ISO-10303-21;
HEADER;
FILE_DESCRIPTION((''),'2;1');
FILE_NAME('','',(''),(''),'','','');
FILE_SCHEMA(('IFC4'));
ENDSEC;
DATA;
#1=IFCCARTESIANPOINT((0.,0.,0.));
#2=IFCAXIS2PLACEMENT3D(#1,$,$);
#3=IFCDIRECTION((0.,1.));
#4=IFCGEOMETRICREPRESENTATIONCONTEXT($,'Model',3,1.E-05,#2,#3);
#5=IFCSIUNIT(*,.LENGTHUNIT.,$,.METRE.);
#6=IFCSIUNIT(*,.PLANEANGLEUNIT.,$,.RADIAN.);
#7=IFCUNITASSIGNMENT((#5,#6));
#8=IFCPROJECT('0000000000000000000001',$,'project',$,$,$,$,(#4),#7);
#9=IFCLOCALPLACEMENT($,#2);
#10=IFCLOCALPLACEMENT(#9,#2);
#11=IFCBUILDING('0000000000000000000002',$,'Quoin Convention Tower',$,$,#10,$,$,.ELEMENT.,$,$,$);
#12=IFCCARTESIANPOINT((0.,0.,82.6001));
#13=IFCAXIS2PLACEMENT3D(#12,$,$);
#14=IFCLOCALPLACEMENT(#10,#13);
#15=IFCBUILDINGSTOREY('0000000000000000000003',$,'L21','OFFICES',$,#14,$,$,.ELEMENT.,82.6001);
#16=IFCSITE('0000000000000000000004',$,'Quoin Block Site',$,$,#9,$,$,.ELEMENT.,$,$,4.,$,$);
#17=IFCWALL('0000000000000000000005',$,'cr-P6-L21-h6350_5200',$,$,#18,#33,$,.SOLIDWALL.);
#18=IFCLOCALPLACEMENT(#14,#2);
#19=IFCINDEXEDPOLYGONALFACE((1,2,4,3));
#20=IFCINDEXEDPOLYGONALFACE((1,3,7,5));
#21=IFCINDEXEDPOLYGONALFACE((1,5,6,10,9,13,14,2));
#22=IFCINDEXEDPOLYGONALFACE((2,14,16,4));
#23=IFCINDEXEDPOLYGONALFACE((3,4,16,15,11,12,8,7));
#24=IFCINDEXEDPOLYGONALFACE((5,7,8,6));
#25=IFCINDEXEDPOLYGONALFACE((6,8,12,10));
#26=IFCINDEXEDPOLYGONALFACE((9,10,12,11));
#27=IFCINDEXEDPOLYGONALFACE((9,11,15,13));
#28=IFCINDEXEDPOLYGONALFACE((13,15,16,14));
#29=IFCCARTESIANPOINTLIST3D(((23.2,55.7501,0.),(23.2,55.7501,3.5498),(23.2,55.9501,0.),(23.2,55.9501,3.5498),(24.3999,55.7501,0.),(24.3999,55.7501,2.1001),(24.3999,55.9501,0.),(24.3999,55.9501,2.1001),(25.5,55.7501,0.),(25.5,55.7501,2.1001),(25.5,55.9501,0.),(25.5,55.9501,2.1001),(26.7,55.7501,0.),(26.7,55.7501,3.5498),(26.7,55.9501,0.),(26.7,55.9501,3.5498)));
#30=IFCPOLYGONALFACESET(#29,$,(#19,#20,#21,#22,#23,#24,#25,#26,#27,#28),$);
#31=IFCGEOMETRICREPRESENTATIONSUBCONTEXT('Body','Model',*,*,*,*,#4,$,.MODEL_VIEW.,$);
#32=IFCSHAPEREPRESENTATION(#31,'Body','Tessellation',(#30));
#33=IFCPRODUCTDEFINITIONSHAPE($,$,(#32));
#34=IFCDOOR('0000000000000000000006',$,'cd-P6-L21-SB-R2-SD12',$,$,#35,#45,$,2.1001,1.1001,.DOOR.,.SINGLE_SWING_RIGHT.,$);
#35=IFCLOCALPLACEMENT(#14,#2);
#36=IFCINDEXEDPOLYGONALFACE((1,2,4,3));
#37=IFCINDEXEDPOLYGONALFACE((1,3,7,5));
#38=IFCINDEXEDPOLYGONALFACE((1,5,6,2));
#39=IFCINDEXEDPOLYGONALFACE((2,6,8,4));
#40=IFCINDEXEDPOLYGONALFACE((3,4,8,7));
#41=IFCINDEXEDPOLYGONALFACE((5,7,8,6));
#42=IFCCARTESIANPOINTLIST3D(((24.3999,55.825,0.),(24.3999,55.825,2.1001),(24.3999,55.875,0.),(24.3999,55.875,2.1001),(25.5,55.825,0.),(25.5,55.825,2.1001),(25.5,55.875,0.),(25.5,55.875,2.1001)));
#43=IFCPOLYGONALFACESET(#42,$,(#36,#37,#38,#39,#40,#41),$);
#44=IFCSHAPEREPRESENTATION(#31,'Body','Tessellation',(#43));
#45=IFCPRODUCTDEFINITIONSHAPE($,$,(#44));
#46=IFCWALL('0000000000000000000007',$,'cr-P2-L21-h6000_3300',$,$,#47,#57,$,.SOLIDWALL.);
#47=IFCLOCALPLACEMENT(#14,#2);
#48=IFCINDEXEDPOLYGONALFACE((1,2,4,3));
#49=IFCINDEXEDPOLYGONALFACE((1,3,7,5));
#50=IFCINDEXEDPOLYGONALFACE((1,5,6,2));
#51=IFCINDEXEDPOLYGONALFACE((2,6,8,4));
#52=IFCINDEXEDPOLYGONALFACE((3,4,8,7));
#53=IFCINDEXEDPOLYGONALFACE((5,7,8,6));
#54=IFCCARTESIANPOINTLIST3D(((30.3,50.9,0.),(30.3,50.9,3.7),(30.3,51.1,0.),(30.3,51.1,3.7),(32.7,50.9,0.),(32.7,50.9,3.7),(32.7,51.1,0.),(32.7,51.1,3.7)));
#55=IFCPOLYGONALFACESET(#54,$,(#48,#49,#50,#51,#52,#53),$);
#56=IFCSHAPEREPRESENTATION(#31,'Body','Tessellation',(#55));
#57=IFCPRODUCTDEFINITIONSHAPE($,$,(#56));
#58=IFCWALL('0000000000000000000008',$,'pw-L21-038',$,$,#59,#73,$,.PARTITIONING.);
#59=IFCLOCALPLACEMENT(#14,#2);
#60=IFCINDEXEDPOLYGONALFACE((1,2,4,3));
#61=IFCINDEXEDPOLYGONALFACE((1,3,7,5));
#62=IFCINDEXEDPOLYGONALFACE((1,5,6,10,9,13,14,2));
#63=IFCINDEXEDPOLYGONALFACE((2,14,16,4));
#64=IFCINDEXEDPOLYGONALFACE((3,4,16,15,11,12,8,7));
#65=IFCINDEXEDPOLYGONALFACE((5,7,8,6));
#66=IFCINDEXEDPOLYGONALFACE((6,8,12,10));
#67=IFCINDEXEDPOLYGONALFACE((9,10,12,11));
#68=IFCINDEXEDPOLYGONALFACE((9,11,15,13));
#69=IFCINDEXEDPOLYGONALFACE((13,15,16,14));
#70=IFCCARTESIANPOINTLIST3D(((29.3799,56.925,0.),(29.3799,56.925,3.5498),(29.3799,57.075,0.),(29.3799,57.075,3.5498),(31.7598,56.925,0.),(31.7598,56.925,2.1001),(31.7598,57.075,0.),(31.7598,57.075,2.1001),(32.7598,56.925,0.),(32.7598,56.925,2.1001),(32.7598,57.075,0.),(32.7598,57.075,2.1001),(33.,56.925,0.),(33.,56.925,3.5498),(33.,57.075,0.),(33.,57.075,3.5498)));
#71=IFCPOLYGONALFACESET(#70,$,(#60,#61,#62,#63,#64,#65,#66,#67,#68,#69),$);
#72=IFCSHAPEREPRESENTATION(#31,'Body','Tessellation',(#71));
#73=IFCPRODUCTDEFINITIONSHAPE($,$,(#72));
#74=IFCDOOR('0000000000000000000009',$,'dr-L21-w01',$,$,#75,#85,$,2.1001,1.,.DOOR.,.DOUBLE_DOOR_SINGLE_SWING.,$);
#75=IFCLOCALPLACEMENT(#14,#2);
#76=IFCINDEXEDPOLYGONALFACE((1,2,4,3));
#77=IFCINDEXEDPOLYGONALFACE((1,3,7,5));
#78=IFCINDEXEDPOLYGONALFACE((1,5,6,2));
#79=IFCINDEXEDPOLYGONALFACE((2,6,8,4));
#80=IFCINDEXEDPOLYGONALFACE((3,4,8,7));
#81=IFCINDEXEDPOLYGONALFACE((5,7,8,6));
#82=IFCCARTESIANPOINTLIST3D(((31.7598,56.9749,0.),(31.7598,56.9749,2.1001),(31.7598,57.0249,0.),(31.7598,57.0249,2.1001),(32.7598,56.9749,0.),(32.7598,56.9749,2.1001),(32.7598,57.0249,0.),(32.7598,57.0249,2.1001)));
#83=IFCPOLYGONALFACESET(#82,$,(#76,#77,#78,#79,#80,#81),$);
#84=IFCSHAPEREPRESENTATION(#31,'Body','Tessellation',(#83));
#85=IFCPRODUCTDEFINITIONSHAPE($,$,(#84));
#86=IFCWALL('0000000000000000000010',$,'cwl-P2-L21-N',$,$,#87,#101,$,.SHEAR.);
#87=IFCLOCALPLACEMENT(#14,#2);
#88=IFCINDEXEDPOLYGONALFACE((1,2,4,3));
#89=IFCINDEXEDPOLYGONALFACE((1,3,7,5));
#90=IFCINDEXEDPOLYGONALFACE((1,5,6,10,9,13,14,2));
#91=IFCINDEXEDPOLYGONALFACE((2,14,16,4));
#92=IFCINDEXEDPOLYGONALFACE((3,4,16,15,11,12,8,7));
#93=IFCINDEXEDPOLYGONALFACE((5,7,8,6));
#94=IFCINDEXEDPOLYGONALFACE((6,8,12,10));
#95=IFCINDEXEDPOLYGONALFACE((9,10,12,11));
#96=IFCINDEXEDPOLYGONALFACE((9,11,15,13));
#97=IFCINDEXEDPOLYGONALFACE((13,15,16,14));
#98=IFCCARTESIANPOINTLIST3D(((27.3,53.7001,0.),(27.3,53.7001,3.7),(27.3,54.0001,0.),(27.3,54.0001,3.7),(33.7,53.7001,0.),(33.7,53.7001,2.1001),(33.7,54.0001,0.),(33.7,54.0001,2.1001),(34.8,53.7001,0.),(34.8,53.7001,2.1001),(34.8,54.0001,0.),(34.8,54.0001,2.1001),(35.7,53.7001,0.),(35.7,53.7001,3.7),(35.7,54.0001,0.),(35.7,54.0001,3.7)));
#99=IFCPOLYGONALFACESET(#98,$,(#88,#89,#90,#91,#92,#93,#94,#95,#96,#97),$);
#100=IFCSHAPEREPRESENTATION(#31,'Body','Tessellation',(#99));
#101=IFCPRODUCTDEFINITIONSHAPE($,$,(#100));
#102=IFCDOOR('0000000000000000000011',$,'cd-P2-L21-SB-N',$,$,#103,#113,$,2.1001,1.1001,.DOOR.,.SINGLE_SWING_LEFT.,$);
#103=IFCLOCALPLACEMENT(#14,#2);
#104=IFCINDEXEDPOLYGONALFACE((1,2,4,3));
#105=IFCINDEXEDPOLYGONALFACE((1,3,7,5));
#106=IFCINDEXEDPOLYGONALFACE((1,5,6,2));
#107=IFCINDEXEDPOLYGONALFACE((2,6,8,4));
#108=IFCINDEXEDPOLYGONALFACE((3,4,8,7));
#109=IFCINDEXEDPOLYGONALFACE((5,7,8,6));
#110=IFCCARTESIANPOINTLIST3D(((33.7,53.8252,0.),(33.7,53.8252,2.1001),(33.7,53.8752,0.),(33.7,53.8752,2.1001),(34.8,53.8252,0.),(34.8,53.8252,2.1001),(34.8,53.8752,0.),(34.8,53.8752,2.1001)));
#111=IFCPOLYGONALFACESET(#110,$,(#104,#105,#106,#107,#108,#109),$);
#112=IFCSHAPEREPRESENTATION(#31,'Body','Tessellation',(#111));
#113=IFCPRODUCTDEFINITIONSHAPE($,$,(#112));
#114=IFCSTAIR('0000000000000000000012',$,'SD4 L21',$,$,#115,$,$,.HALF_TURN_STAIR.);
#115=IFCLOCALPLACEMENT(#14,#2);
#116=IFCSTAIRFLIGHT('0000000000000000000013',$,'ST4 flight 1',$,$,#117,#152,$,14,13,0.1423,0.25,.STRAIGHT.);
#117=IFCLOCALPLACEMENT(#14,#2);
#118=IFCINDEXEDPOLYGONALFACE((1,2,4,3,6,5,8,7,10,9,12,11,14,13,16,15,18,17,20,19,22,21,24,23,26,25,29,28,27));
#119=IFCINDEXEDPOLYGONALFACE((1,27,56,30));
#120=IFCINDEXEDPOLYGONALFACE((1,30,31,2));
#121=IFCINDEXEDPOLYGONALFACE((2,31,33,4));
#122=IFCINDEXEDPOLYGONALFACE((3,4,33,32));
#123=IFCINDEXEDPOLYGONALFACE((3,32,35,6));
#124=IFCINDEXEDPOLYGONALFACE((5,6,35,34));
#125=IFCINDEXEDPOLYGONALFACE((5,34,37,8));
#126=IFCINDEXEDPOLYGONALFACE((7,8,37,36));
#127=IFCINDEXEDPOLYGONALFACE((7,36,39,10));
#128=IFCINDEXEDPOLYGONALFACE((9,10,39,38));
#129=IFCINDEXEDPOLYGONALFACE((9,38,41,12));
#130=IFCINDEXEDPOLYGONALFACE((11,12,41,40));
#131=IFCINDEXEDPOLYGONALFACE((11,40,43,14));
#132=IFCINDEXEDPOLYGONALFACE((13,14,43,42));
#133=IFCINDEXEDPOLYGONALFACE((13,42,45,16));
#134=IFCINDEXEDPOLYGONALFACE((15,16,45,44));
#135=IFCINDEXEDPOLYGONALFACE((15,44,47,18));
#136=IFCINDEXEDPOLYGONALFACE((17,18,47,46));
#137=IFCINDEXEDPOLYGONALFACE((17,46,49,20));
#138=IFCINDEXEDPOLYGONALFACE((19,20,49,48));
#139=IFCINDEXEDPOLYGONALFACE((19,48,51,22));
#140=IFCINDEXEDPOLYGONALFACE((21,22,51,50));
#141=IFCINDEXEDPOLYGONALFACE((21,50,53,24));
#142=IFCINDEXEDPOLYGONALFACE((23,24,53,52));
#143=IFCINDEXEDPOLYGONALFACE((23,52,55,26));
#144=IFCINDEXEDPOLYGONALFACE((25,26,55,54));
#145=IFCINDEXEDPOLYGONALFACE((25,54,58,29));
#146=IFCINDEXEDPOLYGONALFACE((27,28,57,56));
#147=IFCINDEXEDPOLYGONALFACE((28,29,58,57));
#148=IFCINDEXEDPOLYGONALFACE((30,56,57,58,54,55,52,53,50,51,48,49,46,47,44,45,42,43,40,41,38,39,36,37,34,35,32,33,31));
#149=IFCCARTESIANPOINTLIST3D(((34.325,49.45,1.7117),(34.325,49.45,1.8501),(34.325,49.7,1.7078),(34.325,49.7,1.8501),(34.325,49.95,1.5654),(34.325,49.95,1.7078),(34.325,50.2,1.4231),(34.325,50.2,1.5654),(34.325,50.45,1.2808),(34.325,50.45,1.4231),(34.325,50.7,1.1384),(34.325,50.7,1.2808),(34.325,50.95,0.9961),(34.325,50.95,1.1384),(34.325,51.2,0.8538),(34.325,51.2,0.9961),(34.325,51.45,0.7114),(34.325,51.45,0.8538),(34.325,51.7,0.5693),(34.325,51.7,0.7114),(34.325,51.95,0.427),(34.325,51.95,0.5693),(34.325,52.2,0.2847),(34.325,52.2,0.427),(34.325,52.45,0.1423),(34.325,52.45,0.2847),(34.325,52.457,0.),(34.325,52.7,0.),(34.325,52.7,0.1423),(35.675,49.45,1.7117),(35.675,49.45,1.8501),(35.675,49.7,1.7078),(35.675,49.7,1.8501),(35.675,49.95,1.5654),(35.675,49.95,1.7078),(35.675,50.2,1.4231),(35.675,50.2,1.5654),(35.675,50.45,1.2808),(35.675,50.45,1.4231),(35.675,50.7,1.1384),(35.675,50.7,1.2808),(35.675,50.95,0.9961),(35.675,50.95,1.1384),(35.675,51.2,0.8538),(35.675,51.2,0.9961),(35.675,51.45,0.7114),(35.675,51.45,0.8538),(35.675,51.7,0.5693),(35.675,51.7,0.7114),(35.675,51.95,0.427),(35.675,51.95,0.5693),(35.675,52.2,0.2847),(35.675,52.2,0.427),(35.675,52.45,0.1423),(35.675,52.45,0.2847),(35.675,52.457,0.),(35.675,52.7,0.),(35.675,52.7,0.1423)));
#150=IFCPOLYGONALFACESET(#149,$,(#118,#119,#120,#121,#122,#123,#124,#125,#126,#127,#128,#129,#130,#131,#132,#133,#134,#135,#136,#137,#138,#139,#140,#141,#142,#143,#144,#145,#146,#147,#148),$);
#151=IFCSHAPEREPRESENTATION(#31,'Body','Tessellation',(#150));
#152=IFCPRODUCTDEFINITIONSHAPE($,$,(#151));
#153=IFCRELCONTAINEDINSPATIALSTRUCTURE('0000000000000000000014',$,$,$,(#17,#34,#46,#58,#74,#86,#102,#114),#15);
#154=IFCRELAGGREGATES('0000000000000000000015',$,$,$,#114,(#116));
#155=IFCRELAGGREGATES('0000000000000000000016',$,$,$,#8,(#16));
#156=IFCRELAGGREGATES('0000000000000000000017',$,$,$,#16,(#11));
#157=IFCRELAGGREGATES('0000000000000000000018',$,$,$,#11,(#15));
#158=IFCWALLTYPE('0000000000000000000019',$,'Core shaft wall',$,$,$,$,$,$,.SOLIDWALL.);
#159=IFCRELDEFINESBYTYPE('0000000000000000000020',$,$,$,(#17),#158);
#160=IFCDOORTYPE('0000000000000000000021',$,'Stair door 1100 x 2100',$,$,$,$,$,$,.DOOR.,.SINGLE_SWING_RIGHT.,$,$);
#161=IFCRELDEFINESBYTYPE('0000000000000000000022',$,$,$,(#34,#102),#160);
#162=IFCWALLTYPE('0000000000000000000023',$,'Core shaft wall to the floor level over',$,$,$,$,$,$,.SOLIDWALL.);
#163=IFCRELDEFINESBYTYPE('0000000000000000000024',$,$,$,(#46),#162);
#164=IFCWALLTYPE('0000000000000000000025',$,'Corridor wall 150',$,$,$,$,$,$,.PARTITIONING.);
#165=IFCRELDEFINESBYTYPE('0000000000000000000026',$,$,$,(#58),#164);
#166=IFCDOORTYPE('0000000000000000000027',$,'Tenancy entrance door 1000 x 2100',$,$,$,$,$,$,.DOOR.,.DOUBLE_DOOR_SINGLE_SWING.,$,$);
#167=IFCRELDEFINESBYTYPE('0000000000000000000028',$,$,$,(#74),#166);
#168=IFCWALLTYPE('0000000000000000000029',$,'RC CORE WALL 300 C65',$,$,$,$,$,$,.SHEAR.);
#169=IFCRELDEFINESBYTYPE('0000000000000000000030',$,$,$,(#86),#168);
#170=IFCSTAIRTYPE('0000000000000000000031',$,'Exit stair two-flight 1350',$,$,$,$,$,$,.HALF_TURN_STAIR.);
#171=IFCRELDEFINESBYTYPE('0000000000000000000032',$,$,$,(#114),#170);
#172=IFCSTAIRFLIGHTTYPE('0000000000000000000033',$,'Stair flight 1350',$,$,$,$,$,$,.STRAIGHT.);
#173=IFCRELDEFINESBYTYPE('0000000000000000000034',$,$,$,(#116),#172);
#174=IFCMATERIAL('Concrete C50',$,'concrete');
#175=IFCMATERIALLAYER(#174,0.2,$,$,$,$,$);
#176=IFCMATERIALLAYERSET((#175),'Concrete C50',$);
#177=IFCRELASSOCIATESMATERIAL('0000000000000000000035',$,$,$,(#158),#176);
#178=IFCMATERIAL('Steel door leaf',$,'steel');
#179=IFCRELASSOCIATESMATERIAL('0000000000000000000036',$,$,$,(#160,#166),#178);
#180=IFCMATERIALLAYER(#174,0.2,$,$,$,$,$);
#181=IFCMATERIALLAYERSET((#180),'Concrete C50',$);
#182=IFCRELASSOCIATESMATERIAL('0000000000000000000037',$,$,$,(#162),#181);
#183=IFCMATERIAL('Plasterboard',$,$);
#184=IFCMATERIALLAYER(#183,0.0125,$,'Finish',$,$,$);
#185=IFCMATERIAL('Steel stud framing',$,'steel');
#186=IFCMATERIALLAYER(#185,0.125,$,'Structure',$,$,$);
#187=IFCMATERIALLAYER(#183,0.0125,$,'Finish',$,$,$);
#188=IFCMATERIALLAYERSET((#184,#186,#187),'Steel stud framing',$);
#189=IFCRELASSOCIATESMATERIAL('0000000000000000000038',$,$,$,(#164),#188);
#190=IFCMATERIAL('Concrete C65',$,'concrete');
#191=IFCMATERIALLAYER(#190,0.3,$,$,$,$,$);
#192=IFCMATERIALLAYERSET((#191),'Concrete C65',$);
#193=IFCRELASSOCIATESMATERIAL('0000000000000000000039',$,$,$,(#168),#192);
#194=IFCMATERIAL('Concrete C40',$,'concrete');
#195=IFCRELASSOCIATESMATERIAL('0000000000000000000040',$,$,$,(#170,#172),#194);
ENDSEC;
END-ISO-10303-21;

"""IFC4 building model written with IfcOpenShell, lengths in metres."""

from ifc_helpers import new_model, si_unit, direction, frame, frame_2d, origin, place, context, subcontext, project, spatial, polyline, rectangle, outline, extrude, material, layer, layer_set, type_object, element, fill, aggregate, save


model = new_model("IFC4")

# Units and contexts
model_context = context("Model", 3, precision=1e-05, world=origin(), true_north=direction((0.0, 1.0)))
body_context = subcontext(model_context, "Body", "Model", "MODEL_VIEW")
ifc_project = project(units=[si_unit("LENGTHUNIT", "METRE"), si_unit("PLANEANGLEUNIT", "RADIAN")], contexts=[model_context])

# Site, building, storey
site_placement = place(None, origin())
site = spatial("IfcSite", under=ifc_project, at=site_placement, Name="Quoin Block Site", CompositionType="ELEMENT", RefElevation=4.0)
building_placement = place(site_placement, origin())
building = spatial("IfcBuilding", under=site, at=building_placement, Name="Quoin Convention Tower", CompositionType="ELEMENT")
storey_placement = place(building_placement, frame((0.0, 0.0, 82.6001)))
storey = spatial("IfcBuildingStorey", under=building, at=storey_placement, Name="L21", Description="OFFICES", CompositionType="ELEMENT", Elevation=82.6001)

# Shared definitions
ifc_material_1 = material(Name="Concrete C65", Category="concrete")

# Shared definitions
ifc_material_2 = material(Name="Concrete C50", Category="concrete")
ifc_layer_1 = layer(ifc_material_2, 0.2)
ifc_layer_set_1 = layer_set([ifc_layer_1], Name="Concrete C50")
wall_type_1 = type_object("IfcWallType", Name="Core shaft wall", PredefinedType="SOLIDWALL", material=ifc_layer_set_1)

# Wall, opening, door
ifc_material_3 = material(Name="Steel door leaf", Category="steel")
door_type_1 = type_object("IfcDoorType", Name="Stair door 1100 x 2100", OperationType="SINGLE_SWING_RIGHT", PredefinedType="DOOR", material=ifc_material_3)
wall_1_placement = place(storey_placement, frame((23.2, 55.8501, 0.0), z_axis=(0.0, 0.0, 1.0), x_axis=(1.0, 0.0, 0.0)))
wall_1 = element("IfcWall", 1, at=wall_1_placement, inside=storey, type_object=wall_type_1, Name="cr-P6-L21-h6350_5200", PredefinedType="SOLIDWALL", context=body_context, shape_type="SweptSolid", body=[
    extrude(rectangle(XDim=3.5, YDim=0.2, at=frame_2d((1.75, 0.0))), origin(), (0.0, 0.0, 1.0), 3.5498),
])
opening_1_placement = place(wall_1_placement, frame((1.2, 0.0, 0.0)))
opening_1 = element("IfcOpeningElement", 2, at=opening_1_placement, cuts=wall_1, PredefinedType="OPENING", context=body_context, shape_type="SweptSolid", body=[
    extrude(rectangle(XDim=1.1001, YDim=2.1001, at=frame_2d((0.55, 1.05))), frame((0.0, 0.1099, 0.0), z_axis=(0.0, -1.0, 0.0), x_axis=(1.0, 0.0, 0.0)), (0.0, 0.0, 1.0), 0.22),
])
door_1_placement = place(opening_1_placement, origin())
door_1 = element("IfcDoor", 3, at=door_1_placement, inside=storey, type_object=door_type_1, Name="cd-P6-L21-SB-R2-SD12", OperationType="SINGLE_SWING_RIGHT", OverallHeight=2.1001, OverallWidth=1.1001, PredefinedType="DOOR", context=body_context, shape_type="SweptSolid", body=[
    extrude(rectangle(XDim=1.1001, YDim=2.1001, at=frame_2d((0.55, 1.05))), frame((0.0, 0.0249, 0.0), z_axis=(0.0, -1.0, 0.0), x_axis=(1.0, 0.0, 0.0)), (0.0, 0.0, 1.0), 0.05),
])
fill(opening_1, door_1)

# Wall
ifc_layer_2 = layer(ifc_material_2, 0.2)
ifc_layer_set_2 = layer_set([ifc_layer_2], Name="Concrete C50")
wall_type_2 = type_object("IfcWallType", Name="Core shaft wall to the floor level over", PredefinedType="SOLIDWALL", material=ifc_layer_set_2)
wall_2_placement = place(storey_placement, frame((30.3, 51.0, 0.0), z_axis=(0.0, 0.0, 1.0), x_axis=(1.0, 0.0, 0.0)))
element("IfcWall", 4, at=wall_2_placement, inside=storey, type_object=wall_type_2, Name="cr-P2-L21-h6000_3300", PredefinedType="SOLIDWALL", context=body_context, shape_type="SweptSolid", body=[
    extrude(rectangle(XDim=2.3999, YDim=0.2, at=frame_2d((1.2, 0.0))), origin(), (0.0, 0.0, 1.0), 3.7),
])

# Walls, openings, doors
ifc_material_4 = material(Name="Plasterboard")
ifc_layer_3 = layer(ifc_material_4, 0.0125, Name="Finish")
ifc_material_5 = material(Name="Steel stud framing", Category="steel")
ifc_layer_4 = layer(ifc_material_5, 0.125, Name="Structure")
ifc_layer_5 = layer(ifc_material_4, 0.0125, Name="Finish")
ifc_layer_set_3 = layer_set([ifc_layer_3, ifc_layer_4, ifc_layer_5], Name="Steel stud framing")
wall_type_3 = type_object("IfcWallType", Name="Corridor wall 150", PredefinedType="PARTITIONING", material=ifc_layer_set_3)
wall_3_placement = place(storey_placement, frame((29.3799, 57.0, 0.0), z_axis=(0.0, 0.0, 1.0), x_axis=(1.0, 0.0, 0.0)))
wall_3 = element("IfcWall", 5, at=wall_3_placement, inside=storey, type_object=wall_type_3, Name="pw-L21-038", PredefinedType="PARTITIONING", context=body_context, shape_type="SweptSolid", body=[
    extrude(rectangle(XDim=3.6201, YDim=0.1499, at=frame_2d((1.8101, 0.0))), origin(), (0.0, 0.0, 1.0), 3.5498),
])
opening_2_placement = place(wall_3_placement, frame((2.3799, 0.0, 0.0)))
opening_2 = element("IfcOpeningElement", 6, at=opening_2_placement, cuts=wall_3, PredefinedType="OPENING", context=body_context, shape_type="SweptSolid", body=[
    extrude(rectangle(XDim=1.0, YDim=2.1001, at=frame_2d((0.5, 1.05))), frame((0.0, 0.085, 0.0), z_axis=(0.0, -1.0, 0.0), x_axis=(1.0, 0.0, 0.0)), (0.0, 0.0, 1.0), 0.1699),
])
door_type_2 = type_object("IfcDoorType", Name="Tenancy entrance door 1000 x 2100", OperationType="DOUBLE_DOOR_SINGLE_SWING", PredefinedType="DOOR", material=ifc_material_3)
door_2_placement = place(opening_2_placement, origin())
door_2 = element("IfcDoor", 7, at=door_2_placement, inside=storey, type_object=door_type_2, Name="dr-L21-w01", OperationType="DOUBLE_DOOR_SINGLE_SWING", OverallHeight=2.1001, OverallWidth=1.0, PredefinedType="DOOR", context=body_context, shape_type="SweptSolid", body=[
    extrude(rectangle(XDim=1.0, YDim=2.1001, at=frame_2d((0.5, 1.05))), frame((0.0, 0.0249, 0.0), z_axis=(0.0, -1.0, 0.0), x_axis=(1.0, 0.0, 0.0)), (0.0, 0.0, 1.0), 0.05),
])
fill(opening_2, door_2)
ifc_layer_6 = layer(ifc_material_1, 0.3)
ifc_layer_set_4 = layer_set([ifc_layer_6], Name="Concrete C65")
wall_type_4 = type_object("IfcWallType", Name="RC CORE WALL 300 C65", PredefinedType="SHEAR", material=ifc_layer_set_4)
wall_4_placement = place(storey_placement, frame((27.3, 53.8501, 0.0), z_axis=(0.0, 0.0, 1.0), x_axis=(1.0, 0.0, 0.0)))
wall_4 = element("IfcWall", 8, at=wall_4_placement, inside=storey, type_object=wall_type_4, Name="cwl-P2-L21-N", PredefinedType="SHEAR", context=body_context, shape_type="SweptSolid", body=[
    extrude(rectangle(XDim=8.3999, YDim=0.3, at=frame_2d((4.2, 0.0))), origin(), (0.0, 0.0, 1.0), 3.7),
])
opening_3_placement = place(wall_4_placement, frame((6.3999, 0.0, 0.0)))
opening_3 = element("IfcOpeningElement", 9, at=opening_3_placement, cuts=wall_4, PredefinedType="OPENING", context=body_context, shape_type="SweptSolid", body=[
    extrude(rectangle(XDim=1.1001, YDim=2.1001, at=frame_2d((0.55, 1.05))), frame((0.0, 0.1599, 0.0), z_axis=(0.0, -1.0, 0.0), x_axis=(1.0, 0.0, 0.0)), (0.0, 0.0, 1.0), 0.3201),
])
door_3_placement = place(opening_3_placement, frame((1.1001, 0.0, 0.0), z_axis=(0.0, 0.0, 1.0), x_axis=(-1.0, 0.0, 0.0)))
door_3 = element("IfcDoor", 10, at=door_3_placement, inside=storey, type_object=door_type_1, Name="cd-P2-L21-SB-N", OperationType="SINGLE_SWING_LEFT", OverallHeight=2.1001, OverallWidth=1.1001, PredefinedType="DOOR", context=body_context, shape_type="SweptSolid", body=[
    extrude(rectangle(XDim=1.1001, YDim=2.1001, at=frame_2d((0.55, 1.05))), frame((0.0, 0.0249, 0.0), z_axis=(0.0, -1.0, 0.0), x_axis=(1.0, 0.0, 0.0)), (0.0, 0.0, 1.0), 0.05),
])
fill(opening_3, door_3)

# Stair, stair flight
ifc_material_6 = material(Name="Concrete C40", Category="concrete")
stair_type_1 = type_object("IfcStairType", Name="Exit stair two-flight 1350", PredefinedType="HALF_TURN_STAIR", material=ifc_material_6)
stair_1_placement = place(storey_placement, origin())
stair_1 = element("IfcStair", 11, at=stair_1_placement, inside=storey, type_object=stair_type_1, Name="SD4 L21", PredefinedType="HALF_TURN_STAIR")
stair_flight_type_1 = type_object("IfcStairFlightType", Name="Stair flight 1350", PredefinedType="STRAIGHT", material=ifc_material_6)
stair_flight_1_placement = place(storey_placement, frame((35.0, 52.7, 0.0), z_axis=(0.0, 0.0, 1.0), x_axis=(0.0, -1.0, 0.0)))
stair_flight_1 = element("IfcStairFlight", 12, at=stair_flight_1_placement, type_object=stair_flight_type_1, Name="ST4 flight 1", NumberOfRisers=14, NumberOfTreads=13, PredefinedType="STRAIGHT", RiserHeight=0.1423, TreadLength=0.25, context=body_context, shape_type="SweptSolid", body=[
    extrude(outline(polyline([(0.0, 0.0), (0.0, 0.1423), (0.25, 0.1423), (0.25, 0.2847), (0.5, 0.2847), (0.5, 0.427), (0.75, 0.427), (0.75, 0.5693), (1.0, 0.5693), (1.0, 0.7114), (1.25, 0.7114), (1.25, 0.8538), (1.5, 0.8538), (1.5, 0.9961), (1.75, 0.9961), (1.75, 1.1384), (2.0, 1.1384), (2.0, 1.2808), (2.25, 1.2808), (2.25, 1.4231), (2.5, 1.4231), (2.5, 1.5654), (2.75, 1.5654), (2.75, 1.7078), (3.0, 1.7078), (3.0, 1.8501), (3.25, 1.8501), (3.25, 1.9922), (3.25, 1.7117), (0.2429, 0.0), (0.0, 0.0)])), frame((0.0, 0.675, 0.0), z_axis=(0.0, -1.0, 0.0), x_axis=(1.0, 0.0, 0.0)), (0.0, 0.0, 1.0), 1.3501),
])
aggregate(stair_1, [stair_flight_1])

save(model, "model.ifc")
